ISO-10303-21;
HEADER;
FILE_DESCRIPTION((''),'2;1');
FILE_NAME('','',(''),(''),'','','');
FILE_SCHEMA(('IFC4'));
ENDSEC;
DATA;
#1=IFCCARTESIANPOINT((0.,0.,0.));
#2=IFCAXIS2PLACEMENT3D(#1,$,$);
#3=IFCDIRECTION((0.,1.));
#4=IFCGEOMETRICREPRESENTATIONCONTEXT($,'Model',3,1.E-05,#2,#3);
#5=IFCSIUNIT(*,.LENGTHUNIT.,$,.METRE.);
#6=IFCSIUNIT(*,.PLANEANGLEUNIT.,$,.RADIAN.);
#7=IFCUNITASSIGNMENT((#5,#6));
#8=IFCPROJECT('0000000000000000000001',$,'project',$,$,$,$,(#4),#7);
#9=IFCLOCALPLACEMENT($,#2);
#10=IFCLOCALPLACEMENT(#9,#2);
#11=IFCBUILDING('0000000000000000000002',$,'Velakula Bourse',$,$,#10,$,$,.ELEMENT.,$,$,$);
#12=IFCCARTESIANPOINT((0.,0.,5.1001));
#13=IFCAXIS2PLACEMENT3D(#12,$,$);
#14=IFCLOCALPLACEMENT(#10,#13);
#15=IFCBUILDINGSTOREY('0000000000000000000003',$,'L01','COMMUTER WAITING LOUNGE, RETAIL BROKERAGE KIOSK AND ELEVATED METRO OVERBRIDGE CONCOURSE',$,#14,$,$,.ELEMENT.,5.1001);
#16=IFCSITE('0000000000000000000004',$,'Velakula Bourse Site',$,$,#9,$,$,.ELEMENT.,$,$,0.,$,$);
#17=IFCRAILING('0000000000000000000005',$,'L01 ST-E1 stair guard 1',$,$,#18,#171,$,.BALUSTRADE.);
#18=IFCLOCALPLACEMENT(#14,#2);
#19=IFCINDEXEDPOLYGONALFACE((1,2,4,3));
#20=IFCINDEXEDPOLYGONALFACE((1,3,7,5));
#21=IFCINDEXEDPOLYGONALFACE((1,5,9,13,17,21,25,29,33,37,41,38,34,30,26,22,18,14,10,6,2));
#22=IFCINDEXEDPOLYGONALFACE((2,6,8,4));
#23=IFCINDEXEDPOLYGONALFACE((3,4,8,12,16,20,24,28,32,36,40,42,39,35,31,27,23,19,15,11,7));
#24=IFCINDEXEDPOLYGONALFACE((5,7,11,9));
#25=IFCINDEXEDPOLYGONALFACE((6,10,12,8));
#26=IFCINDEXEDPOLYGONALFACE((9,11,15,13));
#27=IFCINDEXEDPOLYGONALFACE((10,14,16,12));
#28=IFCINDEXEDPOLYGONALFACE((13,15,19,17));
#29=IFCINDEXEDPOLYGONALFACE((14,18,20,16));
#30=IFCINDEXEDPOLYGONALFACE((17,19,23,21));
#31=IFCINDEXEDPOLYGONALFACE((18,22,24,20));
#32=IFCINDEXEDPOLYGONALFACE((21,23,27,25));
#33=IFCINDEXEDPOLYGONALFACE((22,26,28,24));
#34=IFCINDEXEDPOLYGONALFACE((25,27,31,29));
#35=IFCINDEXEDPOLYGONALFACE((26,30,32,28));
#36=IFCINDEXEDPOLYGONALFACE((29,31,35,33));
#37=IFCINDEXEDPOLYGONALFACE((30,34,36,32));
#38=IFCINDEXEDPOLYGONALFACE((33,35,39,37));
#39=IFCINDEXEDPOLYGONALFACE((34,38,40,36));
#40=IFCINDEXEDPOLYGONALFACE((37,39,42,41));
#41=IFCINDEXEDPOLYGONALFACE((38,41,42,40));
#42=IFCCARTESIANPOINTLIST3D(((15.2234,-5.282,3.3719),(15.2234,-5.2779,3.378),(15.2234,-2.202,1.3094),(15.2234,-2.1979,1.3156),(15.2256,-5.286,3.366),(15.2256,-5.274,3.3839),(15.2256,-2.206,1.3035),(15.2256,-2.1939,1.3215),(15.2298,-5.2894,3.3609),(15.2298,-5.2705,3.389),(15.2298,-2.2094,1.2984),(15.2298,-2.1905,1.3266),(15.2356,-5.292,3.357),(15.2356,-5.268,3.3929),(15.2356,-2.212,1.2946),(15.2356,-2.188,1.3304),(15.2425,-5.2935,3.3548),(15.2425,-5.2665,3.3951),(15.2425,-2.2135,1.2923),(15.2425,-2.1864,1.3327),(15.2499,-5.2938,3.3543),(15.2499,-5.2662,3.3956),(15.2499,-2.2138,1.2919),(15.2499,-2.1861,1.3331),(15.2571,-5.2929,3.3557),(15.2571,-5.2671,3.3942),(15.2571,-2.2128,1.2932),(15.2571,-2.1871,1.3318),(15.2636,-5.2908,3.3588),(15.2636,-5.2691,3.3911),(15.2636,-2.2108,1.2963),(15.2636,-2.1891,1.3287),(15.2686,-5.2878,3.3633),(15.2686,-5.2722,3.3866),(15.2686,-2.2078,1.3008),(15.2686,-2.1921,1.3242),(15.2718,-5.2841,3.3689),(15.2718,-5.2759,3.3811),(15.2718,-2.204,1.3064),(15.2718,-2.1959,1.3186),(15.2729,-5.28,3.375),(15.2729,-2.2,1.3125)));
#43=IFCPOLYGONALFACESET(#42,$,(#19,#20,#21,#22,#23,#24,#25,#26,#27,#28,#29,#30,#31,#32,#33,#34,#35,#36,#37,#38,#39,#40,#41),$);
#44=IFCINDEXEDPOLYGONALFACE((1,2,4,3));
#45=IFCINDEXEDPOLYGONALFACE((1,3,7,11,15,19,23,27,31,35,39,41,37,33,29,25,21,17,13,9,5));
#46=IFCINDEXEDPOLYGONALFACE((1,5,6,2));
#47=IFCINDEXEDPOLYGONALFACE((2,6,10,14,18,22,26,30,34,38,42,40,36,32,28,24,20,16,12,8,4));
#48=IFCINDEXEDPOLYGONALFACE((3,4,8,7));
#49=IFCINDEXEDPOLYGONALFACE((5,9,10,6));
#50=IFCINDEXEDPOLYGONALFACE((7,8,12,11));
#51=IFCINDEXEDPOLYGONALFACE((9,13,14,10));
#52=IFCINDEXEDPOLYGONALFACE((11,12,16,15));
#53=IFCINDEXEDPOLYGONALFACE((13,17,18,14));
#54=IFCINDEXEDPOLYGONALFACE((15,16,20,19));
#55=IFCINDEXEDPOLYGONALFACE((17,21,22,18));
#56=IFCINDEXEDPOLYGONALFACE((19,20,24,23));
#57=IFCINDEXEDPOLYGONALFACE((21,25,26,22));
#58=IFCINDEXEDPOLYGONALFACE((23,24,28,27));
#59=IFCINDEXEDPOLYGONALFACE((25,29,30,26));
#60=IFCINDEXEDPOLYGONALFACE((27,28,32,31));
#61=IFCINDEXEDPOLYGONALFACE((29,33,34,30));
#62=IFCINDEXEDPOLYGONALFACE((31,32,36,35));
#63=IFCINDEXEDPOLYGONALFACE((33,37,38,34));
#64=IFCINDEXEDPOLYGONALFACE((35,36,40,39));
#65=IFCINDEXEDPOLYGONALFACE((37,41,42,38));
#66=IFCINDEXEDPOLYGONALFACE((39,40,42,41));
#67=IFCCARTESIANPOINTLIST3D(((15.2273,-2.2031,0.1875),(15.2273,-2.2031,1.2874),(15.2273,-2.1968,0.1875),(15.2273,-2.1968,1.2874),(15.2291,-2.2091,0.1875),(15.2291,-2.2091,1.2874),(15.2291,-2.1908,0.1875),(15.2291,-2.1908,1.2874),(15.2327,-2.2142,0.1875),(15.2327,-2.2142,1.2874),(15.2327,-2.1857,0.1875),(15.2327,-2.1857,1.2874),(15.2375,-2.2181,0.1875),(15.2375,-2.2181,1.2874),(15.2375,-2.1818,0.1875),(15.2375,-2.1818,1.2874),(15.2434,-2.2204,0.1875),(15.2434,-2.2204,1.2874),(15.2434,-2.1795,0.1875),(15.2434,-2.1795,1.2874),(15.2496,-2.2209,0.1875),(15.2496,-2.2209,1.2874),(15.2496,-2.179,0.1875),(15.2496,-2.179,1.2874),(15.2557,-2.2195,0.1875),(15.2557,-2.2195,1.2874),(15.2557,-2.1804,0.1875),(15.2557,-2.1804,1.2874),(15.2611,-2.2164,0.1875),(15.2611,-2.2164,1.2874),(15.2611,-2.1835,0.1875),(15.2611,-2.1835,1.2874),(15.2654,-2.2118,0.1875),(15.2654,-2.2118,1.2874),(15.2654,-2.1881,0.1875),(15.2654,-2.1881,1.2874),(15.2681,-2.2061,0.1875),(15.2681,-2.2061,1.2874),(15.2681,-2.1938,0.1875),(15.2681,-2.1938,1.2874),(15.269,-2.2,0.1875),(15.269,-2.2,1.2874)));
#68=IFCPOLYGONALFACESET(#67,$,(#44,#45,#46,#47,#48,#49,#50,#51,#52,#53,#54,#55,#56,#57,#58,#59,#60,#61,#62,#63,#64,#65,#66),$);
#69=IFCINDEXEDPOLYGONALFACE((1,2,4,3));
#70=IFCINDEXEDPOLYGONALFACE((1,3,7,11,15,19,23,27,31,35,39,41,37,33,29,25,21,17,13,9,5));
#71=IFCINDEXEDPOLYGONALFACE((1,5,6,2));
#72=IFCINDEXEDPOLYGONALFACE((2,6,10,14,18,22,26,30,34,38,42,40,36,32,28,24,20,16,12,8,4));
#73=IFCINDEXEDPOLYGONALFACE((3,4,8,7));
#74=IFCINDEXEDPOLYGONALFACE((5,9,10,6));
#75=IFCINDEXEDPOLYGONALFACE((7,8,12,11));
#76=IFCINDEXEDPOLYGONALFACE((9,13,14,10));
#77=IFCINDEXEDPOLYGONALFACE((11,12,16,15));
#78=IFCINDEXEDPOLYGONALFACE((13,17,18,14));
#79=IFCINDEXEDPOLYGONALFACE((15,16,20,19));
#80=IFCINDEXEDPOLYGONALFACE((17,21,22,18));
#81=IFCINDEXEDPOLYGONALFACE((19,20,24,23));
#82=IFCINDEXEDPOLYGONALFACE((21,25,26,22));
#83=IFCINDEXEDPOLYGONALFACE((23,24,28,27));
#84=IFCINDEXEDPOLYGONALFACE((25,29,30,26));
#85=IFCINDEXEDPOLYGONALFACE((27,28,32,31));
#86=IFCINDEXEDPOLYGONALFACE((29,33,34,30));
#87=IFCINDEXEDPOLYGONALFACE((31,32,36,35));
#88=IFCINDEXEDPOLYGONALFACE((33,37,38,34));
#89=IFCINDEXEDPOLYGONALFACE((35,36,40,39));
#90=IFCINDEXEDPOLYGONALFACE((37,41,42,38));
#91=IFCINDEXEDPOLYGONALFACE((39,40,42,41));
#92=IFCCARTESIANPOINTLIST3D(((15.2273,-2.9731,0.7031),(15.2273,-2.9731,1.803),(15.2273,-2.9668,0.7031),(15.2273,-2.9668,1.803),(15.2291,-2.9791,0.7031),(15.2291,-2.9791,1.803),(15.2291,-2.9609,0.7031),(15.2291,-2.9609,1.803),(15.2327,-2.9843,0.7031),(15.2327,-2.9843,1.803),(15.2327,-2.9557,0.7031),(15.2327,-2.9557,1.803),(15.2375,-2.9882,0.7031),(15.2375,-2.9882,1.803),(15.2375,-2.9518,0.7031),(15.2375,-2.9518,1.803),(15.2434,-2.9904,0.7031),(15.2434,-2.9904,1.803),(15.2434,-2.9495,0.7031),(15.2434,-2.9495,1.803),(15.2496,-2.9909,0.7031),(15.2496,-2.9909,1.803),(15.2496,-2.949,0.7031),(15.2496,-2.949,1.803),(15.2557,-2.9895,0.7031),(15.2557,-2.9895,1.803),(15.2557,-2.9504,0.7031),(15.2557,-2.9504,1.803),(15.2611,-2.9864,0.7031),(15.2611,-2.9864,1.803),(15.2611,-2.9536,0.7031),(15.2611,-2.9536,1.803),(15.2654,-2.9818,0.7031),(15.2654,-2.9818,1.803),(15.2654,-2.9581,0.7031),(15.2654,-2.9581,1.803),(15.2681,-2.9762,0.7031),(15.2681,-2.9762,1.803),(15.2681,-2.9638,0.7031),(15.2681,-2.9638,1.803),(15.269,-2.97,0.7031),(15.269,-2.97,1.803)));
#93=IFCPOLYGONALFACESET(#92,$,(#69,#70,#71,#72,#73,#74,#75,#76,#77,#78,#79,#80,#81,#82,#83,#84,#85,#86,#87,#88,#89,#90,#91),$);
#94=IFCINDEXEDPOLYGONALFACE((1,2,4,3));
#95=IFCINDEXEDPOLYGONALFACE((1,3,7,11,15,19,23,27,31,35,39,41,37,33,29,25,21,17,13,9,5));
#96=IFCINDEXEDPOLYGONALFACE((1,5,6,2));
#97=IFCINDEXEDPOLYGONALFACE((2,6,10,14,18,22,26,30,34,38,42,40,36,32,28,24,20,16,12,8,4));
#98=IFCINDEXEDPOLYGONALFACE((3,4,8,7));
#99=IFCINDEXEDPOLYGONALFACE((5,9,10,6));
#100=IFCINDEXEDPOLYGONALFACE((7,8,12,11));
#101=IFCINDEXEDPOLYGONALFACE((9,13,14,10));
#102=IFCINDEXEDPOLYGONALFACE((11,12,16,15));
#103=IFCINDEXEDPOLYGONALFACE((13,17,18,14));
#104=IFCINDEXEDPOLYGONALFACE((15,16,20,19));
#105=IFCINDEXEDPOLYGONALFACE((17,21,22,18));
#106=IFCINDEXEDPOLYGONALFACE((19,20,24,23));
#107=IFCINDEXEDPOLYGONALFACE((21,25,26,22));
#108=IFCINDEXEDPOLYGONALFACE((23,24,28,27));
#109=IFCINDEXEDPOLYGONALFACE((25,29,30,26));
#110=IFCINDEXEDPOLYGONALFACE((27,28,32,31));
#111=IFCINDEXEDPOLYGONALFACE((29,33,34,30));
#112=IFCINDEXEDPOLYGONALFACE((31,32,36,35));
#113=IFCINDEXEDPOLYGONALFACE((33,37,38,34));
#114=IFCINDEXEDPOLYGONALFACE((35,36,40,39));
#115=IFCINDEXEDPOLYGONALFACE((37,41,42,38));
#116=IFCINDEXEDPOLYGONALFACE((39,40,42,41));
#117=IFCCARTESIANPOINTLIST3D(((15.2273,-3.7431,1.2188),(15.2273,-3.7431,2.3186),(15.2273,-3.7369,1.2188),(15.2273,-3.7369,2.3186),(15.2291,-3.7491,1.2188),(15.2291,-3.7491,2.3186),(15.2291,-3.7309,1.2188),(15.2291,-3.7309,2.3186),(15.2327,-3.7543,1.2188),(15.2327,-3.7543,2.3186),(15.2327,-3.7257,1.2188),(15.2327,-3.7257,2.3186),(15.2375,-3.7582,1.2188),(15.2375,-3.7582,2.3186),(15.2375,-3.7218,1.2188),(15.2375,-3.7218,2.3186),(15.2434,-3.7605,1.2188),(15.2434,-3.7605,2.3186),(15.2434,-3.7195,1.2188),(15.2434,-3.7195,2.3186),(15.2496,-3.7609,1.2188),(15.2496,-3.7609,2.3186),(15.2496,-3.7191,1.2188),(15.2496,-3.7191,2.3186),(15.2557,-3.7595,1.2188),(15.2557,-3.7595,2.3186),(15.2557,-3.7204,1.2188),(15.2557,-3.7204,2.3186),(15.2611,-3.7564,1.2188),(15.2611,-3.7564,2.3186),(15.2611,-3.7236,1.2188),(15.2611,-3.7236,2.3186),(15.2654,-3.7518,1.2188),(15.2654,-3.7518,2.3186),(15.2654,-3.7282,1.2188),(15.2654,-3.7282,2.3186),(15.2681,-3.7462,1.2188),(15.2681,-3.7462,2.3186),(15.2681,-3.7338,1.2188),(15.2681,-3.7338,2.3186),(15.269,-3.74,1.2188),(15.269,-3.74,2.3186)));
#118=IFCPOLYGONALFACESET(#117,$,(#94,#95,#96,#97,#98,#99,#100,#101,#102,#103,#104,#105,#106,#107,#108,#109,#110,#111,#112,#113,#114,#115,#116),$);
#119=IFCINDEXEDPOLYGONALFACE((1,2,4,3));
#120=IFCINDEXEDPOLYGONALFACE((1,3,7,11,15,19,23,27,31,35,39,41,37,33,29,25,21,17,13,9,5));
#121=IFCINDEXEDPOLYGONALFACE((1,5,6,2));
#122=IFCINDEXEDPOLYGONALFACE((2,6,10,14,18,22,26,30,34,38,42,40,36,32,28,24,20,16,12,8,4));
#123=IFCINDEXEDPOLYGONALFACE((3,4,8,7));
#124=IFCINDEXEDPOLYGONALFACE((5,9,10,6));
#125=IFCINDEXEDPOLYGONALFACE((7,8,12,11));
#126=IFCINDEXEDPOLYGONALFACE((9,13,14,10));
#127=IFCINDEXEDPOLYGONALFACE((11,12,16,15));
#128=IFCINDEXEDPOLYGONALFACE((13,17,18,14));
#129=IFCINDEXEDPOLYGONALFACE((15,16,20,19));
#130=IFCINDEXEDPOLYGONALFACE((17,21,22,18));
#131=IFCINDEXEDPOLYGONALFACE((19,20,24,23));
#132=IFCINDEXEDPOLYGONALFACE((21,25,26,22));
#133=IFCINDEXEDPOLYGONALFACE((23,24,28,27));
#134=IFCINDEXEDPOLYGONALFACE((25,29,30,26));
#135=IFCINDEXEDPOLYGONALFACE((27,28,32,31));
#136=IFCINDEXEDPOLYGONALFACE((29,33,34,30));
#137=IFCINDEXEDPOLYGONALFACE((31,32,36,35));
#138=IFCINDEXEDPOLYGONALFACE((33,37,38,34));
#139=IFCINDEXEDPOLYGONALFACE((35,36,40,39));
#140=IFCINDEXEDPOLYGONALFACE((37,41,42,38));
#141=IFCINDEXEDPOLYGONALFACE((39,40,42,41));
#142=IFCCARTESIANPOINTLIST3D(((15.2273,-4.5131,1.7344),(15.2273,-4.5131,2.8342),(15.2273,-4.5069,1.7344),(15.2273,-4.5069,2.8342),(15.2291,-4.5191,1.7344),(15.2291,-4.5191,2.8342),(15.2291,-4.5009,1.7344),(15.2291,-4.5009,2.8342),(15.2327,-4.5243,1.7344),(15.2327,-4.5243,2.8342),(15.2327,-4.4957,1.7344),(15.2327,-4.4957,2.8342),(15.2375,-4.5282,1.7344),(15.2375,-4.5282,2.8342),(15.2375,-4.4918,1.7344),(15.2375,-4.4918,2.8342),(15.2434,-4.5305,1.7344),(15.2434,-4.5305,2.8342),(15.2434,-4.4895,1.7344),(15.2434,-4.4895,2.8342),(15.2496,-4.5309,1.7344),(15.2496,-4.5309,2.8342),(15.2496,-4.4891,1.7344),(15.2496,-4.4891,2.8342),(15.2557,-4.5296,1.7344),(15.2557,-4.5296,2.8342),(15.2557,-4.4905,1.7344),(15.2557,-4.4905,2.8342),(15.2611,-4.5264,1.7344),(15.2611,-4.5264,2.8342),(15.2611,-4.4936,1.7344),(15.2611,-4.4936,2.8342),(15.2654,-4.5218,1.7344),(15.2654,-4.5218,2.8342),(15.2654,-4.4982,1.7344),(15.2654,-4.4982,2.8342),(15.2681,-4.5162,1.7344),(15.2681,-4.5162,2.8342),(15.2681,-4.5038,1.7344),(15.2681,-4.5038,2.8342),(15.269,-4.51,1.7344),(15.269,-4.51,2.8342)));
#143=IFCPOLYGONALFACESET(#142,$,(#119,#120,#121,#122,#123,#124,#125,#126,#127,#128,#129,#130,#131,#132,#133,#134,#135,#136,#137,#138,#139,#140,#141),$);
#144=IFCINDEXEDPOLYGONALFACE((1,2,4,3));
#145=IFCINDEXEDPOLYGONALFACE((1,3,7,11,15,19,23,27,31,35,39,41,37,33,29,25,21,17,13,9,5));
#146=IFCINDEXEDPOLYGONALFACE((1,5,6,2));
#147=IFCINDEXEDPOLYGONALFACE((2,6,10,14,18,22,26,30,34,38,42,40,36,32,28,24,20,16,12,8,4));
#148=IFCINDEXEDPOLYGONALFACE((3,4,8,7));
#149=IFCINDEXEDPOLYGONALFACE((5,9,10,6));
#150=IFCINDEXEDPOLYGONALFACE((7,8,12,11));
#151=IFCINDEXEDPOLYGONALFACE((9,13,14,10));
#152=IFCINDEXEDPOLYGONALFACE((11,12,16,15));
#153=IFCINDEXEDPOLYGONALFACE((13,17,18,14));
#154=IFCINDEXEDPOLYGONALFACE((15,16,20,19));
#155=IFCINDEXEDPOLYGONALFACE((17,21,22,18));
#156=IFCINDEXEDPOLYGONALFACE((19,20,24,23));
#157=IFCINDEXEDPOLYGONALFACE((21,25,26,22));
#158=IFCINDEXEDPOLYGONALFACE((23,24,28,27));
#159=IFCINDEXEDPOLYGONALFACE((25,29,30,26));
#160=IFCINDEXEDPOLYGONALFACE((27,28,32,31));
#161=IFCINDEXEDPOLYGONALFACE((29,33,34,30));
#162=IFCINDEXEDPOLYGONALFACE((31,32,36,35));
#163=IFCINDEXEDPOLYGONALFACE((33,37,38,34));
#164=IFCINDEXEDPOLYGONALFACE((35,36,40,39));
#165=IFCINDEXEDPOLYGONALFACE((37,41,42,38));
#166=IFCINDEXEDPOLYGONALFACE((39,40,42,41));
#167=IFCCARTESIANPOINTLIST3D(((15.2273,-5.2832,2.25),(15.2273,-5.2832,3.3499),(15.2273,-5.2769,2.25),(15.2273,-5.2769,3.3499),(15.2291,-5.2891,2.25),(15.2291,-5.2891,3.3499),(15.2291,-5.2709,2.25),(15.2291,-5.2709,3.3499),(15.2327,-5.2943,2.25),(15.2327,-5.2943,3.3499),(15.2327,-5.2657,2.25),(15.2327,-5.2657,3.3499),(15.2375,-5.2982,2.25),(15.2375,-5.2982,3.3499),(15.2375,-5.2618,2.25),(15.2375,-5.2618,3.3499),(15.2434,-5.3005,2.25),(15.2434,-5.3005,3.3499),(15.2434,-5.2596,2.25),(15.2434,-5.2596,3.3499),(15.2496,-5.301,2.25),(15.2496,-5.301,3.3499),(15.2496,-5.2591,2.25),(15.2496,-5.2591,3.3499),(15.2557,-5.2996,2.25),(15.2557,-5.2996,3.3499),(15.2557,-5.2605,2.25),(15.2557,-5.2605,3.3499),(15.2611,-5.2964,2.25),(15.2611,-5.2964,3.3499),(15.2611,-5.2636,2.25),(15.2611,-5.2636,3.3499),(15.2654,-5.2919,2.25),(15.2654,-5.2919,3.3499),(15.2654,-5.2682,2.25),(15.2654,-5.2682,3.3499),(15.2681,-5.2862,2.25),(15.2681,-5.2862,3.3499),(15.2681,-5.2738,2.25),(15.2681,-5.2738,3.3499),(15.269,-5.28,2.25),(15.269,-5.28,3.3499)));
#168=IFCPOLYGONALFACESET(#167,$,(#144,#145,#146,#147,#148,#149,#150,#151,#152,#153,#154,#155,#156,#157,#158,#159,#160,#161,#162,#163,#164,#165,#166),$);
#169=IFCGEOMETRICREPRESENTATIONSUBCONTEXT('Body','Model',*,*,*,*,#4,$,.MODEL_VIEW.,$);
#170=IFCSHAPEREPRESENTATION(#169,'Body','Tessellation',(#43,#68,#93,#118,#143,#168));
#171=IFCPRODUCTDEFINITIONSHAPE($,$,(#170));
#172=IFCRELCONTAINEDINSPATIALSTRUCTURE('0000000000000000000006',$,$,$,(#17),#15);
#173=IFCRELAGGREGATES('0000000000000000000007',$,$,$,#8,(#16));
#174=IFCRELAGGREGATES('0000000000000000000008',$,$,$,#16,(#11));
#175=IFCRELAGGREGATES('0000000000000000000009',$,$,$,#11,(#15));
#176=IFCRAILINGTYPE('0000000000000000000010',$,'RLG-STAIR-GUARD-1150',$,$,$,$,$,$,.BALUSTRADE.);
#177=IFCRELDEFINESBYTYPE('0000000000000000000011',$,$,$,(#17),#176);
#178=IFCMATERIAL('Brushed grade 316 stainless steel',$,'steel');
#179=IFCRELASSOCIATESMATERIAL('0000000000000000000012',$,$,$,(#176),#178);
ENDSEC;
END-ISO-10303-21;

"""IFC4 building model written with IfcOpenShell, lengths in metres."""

from ifc_helpers import new_model, si_unit, direction, frame, origin, origin_2d, place, context, subcontext, project, spatial, circle, extrude, material, type_object, element, save


model = new_model("IFC4")

# Units and contexts
model_context = context("Model", 3, precision=1e-05, world=origin(), true_north=direction((0.0, 1.0)))
body_context = subcontext(model_context, "Body", "Model", "MODEL_VIEW")
ifc_project = project(units=[si_unit("LENGTHUNIT", "METRE"), si_unit("PLANEANGLEUNIT", "RADIAN")], contexts=[model_context])

# Site, building, storey
site_placement = place(None, origin())
site = spatial("IfcSite", under=ifc_project, at=site_placement, Name="Velakula Bourse Site", CompositionType="ELEMENT", RefElevation=0.0)
building_placement = place(site_placement, origin())
building = spatial("IfcBuilding", under=site, at=building_placement, Name="Velakula Bourse", CompositionType="ELEMENT")
storey_placement = place(building_placement, frame((0.0, 0.0, 5.1001)))
storey = spatial("IfcBuildingStorey", under=building, at=storey_placement, Name="L01", Description="COMMUTER WAITING LOUNGE, RETAIL BROKERAGE KIOSK AND ELEVATED METRO OVERBRIDGE CONCOURSE", CompositionType="ELEMENT", Elevation=5.1001)

# Shared definitions
ifc_material_1 = material(Name="Brushed grade 316 stainless steel", Category="steel")

# Railing
railing_type = type_object("IfcRailingType", Name="RLG-STAIR-GUARD-1150", PredefinedType="BALUSTRADE", material=ifc_material_1)
railing_1_placement = place(storey_placement, frame((15.248, -2.2, 0.1875)))
element("IfcRailing", 1, at=railing_1_placement, inside=storey, type_object=railing_type, Name="L01 ST-E1 stair guard 1", PredefinedType="BALUSTRADE", context=body_context, shape_type="SweptSolid", body=[
    extrude(circle(Radius=0.0249, at=origin_2d()), frame((0.0, 0.0, 1.125), z_axis=(0.0, -0.830914, 0.556401), x_axis=(1.0, 0.0, 0.0)), (0.0, 0.0, 1.0), 3.7068),
    extrude(circle(Radius=0.021, at=origin_2d()), origin(), (0.0, 0.0, 1.0), 1.0999),
    extrude(circle(Radius=0.021, at=origin_2d()), frame((0.0, -0.77, 0.5156)), (0.0, 0.0, 1.0), 1.0999),
    extrude(circle(Radius=0.021, at=origin_2d()), frame((0.0, -1.54, 1.0312)), (0.0, 0.0, 1.0), 1.0999),
    extrude(circle(Radius=0.021, at=origin_2d()), frame((0.0, -2.3101, 1.5469)), (0.0, 0.0, 1.0), 1.0999),
    extrude(circle(Radius=0.021, at=origin_2d()), frame((0.0, -3.0801, 2.0625)), (0.0, 0.0, 1.0), 1.0999),
])

save(model, "model.ifc")
